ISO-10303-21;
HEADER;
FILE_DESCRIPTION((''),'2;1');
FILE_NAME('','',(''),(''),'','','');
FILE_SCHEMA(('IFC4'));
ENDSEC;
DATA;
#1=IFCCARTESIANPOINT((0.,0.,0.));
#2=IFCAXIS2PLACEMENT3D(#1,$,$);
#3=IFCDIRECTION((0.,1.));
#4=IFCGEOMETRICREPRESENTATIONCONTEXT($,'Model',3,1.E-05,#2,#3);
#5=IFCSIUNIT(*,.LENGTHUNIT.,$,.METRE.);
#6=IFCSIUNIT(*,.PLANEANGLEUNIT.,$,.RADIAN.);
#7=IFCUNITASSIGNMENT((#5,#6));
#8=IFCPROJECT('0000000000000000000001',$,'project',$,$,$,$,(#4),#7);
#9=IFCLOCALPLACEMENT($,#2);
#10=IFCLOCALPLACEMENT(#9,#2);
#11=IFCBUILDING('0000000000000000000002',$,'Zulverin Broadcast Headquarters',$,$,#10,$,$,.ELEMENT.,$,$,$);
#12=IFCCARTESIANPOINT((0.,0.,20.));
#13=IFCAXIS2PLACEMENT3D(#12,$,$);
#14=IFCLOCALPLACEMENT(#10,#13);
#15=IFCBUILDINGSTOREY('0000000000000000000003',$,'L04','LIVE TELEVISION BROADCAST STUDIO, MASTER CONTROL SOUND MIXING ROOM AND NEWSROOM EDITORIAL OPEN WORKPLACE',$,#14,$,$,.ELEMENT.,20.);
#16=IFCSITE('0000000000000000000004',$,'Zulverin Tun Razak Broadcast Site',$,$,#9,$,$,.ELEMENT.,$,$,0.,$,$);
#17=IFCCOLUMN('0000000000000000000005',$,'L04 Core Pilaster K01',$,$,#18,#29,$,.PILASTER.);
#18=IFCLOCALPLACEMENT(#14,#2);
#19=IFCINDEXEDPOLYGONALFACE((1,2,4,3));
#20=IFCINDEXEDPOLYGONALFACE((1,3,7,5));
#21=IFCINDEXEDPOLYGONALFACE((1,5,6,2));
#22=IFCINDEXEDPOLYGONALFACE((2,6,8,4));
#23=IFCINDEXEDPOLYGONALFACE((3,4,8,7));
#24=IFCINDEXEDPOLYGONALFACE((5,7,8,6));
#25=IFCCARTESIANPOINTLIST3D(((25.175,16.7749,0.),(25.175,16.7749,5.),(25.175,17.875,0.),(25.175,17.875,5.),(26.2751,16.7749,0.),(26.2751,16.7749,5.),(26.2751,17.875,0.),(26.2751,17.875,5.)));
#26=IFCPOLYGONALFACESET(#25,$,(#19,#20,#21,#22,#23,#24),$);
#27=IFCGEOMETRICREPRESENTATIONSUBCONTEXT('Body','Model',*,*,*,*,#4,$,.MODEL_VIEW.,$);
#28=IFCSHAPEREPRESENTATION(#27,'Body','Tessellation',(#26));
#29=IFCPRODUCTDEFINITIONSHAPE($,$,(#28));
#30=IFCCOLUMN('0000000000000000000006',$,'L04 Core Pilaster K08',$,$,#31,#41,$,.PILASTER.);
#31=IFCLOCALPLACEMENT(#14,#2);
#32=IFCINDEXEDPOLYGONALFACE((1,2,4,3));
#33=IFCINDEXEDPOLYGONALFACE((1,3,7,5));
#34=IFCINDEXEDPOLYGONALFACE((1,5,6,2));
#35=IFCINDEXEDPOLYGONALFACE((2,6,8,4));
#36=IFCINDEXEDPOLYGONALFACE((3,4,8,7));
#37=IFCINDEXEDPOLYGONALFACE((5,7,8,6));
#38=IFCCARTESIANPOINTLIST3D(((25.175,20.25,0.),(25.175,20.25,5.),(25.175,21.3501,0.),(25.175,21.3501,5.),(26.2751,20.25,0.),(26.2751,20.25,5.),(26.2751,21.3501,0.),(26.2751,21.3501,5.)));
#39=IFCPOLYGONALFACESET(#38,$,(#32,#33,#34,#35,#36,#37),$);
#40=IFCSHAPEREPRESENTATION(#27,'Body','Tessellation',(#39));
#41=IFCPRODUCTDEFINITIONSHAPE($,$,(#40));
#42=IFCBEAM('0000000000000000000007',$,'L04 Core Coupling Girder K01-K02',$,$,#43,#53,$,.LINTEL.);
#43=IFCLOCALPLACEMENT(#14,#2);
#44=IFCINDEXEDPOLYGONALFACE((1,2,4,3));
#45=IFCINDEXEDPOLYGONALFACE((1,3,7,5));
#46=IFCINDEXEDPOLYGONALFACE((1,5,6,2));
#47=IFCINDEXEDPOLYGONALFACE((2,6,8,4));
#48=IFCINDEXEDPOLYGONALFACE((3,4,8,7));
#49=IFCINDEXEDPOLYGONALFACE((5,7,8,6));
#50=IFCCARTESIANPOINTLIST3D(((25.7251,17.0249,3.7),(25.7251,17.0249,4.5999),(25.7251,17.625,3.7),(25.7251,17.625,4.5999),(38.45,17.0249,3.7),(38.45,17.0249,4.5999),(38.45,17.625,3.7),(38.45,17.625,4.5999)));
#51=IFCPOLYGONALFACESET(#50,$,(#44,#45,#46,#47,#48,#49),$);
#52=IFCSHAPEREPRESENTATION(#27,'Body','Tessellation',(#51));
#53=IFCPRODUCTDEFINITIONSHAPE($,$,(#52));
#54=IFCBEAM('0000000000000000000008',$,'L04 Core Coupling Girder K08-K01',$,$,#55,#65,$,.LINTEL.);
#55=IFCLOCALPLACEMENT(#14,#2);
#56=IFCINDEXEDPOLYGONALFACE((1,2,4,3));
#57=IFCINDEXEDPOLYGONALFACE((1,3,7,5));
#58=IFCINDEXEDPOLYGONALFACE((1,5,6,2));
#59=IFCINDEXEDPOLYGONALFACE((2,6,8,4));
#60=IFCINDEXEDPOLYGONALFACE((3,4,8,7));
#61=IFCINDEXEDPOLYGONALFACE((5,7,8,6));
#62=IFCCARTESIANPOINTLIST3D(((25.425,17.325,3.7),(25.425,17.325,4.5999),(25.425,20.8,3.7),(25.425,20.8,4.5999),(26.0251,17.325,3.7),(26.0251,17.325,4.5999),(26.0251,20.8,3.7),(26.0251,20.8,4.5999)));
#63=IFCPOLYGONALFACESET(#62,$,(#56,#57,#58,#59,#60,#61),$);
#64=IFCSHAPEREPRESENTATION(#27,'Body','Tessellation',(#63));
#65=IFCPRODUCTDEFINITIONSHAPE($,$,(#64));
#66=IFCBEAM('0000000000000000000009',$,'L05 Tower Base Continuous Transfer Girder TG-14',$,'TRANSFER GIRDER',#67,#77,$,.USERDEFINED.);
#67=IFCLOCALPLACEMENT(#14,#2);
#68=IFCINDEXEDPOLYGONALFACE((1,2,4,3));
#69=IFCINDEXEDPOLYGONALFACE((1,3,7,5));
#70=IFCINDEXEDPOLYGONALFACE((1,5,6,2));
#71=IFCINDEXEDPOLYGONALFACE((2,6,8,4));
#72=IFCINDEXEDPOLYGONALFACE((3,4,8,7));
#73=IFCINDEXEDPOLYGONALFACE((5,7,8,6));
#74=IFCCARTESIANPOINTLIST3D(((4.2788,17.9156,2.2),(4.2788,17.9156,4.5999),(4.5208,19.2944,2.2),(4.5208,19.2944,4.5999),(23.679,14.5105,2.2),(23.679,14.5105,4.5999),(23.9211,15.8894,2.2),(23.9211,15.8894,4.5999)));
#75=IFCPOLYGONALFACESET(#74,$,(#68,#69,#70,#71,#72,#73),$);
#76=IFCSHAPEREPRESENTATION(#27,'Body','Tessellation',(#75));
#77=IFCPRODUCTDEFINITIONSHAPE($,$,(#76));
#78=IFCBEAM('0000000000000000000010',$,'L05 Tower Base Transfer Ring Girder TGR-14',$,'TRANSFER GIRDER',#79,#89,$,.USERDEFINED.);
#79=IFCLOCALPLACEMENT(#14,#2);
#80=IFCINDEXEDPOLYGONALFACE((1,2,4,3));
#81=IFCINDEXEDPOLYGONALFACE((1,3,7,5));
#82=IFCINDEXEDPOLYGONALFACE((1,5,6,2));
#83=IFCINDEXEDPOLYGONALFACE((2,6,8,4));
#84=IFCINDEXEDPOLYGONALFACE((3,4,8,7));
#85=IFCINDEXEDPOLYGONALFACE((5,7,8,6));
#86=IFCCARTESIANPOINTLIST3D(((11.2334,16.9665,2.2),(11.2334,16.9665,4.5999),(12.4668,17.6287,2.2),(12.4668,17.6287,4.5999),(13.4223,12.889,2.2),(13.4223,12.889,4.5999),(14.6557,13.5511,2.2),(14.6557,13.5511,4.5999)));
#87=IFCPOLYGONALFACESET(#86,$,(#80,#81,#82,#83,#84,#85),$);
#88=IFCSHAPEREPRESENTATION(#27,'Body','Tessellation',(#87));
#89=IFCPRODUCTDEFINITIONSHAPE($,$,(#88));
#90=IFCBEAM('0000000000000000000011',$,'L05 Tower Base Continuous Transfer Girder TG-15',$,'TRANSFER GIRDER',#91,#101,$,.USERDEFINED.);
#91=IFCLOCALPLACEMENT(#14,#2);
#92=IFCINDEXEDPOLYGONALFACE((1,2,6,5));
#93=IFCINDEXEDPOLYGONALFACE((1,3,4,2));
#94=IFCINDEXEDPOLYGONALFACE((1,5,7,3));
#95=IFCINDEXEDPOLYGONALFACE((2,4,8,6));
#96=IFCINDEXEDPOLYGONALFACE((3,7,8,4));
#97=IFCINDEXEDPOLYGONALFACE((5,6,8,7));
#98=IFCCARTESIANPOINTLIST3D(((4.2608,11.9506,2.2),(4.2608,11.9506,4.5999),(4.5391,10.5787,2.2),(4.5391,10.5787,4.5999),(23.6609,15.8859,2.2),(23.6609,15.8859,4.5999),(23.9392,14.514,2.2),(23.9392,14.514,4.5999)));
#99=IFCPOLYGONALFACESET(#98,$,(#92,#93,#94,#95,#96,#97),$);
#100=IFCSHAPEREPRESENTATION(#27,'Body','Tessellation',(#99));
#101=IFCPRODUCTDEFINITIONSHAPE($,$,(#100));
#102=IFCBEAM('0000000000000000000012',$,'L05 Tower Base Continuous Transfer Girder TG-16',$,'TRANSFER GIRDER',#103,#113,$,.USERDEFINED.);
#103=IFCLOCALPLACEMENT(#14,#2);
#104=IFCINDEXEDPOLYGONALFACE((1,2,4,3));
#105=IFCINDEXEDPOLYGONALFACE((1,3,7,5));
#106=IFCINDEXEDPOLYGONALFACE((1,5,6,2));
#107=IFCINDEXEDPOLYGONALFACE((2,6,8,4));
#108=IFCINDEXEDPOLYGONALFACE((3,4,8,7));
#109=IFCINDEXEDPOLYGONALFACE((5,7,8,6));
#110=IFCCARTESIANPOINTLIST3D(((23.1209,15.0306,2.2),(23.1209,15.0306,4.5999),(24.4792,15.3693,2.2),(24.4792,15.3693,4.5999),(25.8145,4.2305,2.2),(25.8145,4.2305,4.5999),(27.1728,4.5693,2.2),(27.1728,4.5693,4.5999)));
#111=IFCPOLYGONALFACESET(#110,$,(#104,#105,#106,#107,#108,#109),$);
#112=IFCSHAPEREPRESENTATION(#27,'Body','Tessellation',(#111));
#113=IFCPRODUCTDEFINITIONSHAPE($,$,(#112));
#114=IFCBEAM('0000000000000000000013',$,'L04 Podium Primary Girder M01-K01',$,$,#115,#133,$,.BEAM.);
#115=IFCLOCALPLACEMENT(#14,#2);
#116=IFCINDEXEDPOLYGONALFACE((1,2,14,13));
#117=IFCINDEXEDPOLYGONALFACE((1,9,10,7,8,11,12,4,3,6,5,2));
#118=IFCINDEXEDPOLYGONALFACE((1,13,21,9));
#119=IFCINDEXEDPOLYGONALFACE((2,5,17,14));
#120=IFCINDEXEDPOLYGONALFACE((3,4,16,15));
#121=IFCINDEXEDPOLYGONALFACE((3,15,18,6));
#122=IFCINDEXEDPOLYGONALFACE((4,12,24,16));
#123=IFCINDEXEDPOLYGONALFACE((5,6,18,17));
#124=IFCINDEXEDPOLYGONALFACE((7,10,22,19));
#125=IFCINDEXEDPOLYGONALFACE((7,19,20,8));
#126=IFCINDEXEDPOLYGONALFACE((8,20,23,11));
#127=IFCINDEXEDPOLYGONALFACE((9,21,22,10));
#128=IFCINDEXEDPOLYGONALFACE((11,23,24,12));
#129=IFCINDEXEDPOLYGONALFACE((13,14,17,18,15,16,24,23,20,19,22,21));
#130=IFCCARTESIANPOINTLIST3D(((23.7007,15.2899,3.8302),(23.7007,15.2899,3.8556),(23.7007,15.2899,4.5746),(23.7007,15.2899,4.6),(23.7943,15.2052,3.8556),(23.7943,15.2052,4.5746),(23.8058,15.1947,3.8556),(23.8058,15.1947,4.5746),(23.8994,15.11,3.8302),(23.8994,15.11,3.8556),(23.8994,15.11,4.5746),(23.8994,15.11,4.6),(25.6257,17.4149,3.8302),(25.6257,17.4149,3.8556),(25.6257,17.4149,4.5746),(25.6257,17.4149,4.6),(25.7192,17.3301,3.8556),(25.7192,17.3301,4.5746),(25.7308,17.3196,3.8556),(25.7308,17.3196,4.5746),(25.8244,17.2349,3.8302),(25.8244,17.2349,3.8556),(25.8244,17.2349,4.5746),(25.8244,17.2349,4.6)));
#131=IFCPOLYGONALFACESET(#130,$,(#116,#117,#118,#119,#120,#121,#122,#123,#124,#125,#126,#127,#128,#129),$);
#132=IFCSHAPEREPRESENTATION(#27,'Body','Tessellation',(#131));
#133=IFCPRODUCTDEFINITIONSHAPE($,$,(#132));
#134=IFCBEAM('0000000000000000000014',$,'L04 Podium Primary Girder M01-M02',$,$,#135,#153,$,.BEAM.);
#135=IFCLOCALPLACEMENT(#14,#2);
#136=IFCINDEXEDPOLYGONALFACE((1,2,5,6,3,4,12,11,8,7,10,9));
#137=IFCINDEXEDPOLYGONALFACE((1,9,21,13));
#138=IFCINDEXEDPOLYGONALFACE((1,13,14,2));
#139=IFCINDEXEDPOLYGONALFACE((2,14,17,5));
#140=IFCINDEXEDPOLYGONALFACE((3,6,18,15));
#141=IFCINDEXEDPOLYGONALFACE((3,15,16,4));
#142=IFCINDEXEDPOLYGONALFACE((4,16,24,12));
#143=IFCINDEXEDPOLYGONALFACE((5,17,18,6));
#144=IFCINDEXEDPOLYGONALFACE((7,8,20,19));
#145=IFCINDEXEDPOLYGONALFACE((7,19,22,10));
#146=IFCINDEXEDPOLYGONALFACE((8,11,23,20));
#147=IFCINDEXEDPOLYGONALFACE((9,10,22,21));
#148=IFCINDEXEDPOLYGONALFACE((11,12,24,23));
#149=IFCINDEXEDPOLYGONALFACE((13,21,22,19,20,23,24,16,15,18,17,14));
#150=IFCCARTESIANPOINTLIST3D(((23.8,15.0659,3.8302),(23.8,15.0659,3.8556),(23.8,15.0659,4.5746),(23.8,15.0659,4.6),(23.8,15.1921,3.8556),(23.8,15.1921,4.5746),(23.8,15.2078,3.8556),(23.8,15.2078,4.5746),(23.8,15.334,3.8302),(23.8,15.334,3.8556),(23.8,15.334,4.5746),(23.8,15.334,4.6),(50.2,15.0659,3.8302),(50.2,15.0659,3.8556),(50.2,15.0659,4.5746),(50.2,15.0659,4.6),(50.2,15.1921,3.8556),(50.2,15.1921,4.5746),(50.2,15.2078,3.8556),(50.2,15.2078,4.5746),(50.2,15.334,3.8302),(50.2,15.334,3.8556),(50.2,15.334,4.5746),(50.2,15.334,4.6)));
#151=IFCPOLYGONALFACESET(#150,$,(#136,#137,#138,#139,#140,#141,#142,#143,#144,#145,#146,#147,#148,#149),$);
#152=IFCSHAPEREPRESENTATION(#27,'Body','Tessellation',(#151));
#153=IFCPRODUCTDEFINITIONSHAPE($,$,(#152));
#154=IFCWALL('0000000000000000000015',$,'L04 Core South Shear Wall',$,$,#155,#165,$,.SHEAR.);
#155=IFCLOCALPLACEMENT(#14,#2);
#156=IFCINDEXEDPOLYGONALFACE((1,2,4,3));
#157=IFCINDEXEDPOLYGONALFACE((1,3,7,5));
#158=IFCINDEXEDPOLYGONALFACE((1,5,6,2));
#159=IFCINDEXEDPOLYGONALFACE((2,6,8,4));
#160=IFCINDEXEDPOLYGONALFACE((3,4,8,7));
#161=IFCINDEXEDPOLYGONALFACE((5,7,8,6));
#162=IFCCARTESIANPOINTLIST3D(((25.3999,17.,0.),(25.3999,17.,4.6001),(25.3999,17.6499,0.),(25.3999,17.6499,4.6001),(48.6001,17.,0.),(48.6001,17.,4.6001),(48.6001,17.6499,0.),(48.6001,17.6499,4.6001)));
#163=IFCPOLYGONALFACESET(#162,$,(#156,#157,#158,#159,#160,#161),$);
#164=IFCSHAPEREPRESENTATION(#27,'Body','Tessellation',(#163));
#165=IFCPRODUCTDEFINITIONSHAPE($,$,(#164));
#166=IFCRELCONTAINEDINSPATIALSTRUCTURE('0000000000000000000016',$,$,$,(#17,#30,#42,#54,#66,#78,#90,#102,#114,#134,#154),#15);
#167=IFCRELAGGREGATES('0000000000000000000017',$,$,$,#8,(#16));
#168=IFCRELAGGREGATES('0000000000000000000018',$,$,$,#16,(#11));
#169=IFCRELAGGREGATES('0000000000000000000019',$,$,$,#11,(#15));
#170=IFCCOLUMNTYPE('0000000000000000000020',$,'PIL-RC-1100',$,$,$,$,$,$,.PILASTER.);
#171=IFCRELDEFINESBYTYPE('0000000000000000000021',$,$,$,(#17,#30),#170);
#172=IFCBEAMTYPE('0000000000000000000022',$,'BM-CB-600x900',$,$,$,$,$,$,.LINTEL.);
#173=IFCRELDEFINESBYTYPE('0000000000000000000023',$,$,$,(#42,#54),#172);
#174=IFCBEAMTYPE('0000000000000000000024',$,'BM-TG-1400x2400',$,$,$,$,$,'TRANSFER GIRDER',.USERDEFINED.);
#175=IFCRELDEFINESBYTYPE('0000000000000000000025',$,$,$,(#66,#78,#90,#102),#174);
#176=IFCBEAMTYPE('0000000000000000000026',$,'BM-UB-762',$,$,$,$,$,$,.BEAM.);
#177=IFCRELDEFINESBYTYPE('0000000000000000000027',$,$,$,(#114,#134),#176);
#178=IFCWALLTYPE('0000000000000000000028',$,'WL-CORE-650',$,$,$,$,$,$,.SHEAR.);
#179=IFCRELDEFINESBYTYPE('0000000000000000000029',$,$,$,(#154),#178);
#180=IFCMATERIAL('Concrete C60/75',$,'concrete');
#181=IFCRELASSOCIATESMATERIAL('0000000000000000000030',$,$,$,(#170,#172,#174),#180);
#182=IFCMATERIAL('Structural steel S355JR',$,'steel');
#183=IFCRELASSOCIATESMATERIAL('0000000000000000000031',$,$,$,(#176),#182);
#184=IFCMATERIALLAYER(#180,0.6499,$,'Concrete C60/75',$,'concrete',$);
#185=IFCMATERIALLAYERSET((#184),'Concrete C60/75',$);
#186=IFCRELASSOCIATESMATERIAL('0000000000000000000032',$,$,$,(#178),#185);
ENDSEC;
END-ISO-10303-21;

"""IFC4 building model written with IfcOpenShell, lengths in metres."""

from ifc_helpers import new_model, si_unit, direction, frame, frame_2d, origin, origin_2d, place, context, subcontext, project, spatial, rectangle, i_section, extrude, material, layer, layer_set, material_profile, profile_set, type_object, element, save


model = new_model("IFC4")

# Units and contexts
model_context = context("Model", 3, precision=1e-05, world=origin(), true_north=direction((0.0, 1.0)))
body_context = subcontext(model_context, "Body", "Model", "MODEL_VIEW")
ifc_project = project(units=[si_unit("LENGTHUNIT", "METRE"), si_unit("PLANEANGLEUNIT", "RADIAN")], contexts=[model_context])

# Site, building, storey
site_placement = place(None, origin())
site = spatial("IfcSite", under=ifc_project, at=site_placement, Name="Zulverin Tun Razak Broadcast Site", CompositionType="ELEMENT", RefElevation=0.0)
building_placement = place(site_placement, origin())
building = spatial("IfcBuilding", under=site, at=building_placement, Name="Zulverin Broadcast Headquarters", CompositionType="ELEMENT")
storey_placement = place(building_placement, frame((0.0, 0.0, 20.0)))
storey = spatial("IfcBuildingStorey", under=building, at=storey_placement, Name="L04", Description="LIVE TELEVISION BROADCAST STUDIO, MASTER CONTROL SOUND MIXING ROOM AND NEWSROOM EDITORIAL OPEN WORKPLACE", CompositionType="ELEMENT", Elevation=20.0)

# Columns
ifc_material_1 = material(Name="Concrete C60/75", Category="concrete")
ifc_material_profile_1 = material_profile(ifc_material_1, rectangle(XDim=1.1001, YDim=1.1001, at=origin_2d()), Name="Concrete C60/75", Category="concrete")
ifc_profile_set_1 = profile_set([ifc_material_profile_1], Name="Concrete C60/75")
column_type = type_object("IfcColumnType", Name="PIL-RC-1100", PredefinedType="PILASTER", material=ifc_profile_set_1)
for number, where, z_axis, x_axis, name in (
    (1, (25.7251, 17.325, 0.0), (0.0, 0.0, 1.0), (1.0, 0.0, 0.0), "L04 Core Pilaster K01"),
    (2, (25.7251, 20.8, 0.0), (0.0, 0.0, 1.0), (1.0, 0.0, 0.0), "L04 Core Pilaster K08"),
):
    element("IfcColumn", number, at=place(storey_placement, frame(where, z_axis=z_axis, x_axis=x_axis)), inside=storey, type_object=column_type, Name=name, PredefinedType="PILASTER", context=body_context, shape_type="SweptSolid", body=[
        extrude(rectangle(XDim=1.1001, YDim=1.1001, at=origin_2d()), origin(), (0.0, 0.0, 1.0), 5.0),
    ])

# Beams
ifc_material_profile_2 = material_profile(ifc_material_1, rectangle(XDim=0.6001, YDim=0.8999, at=origin_2d()), Name="Concrete C60/75", Category="concrete")
ifc_profile_set_2 = profile_set([ifc_material_profile_2], Name="Concrete C60/75")
beam_type_1 = type_object("IfcBeamType", Name="BM-CB-600x900", PredefinedType="LINTEL", material=ifc_profile_set_2)
beam_1_placement = place(storey_placement, frame((25.7251, 17.325, 4.1499), z_axis=(1.0, 0.0, 0.0), x_axis=(0.0, 1.0, 0.0)))
element("IfcBeam", 3, at=beam_1_placement, inside=storey, type_object=beam_type_1, Name="L04 Core Coupling Girder K01-K02", PredefinedType="LINTEL", context=body_context, shape_type="SweptSolid", body=[
    extrude(rectangle(XDim=0.6001, YDim=0.8999, at=origin_2d()), origin(), (0.0, 0.0, 1.0), 12.7249),
])
beam_2_placement = place(storey_placement, frame((25.7251, 20.8, 4.1499), z_axis=(0.0, -1.0, 0.0), x_axis=(1.0, 0.0, 0.0)))
element("IfcBeam", 4, at=beam_2_placement, inside=storey, type_object=beam_type_1, Name="L04 Core Coupling Girder K08-K01", PredefinedType="LINTEL", context=body_context, shape_type="SweptSolid", body=[
    extrude(rectangle(XDim=0.6001, YDim=0.8999, at=origin_2d()), origin(), (0.0, 0.0, 1.0), 3.4751),
])
ifc_material_profile_3 = material_profile(ifc_material_1, rectangle(XDim=1.3999, YDim=2.3999, at=origin_2d()), Name="Concrete C60/75", Category="concrete")
ifc_profile_set_3 = profile_set([ifc_material_profile_3], Name="Concrete C60/75")
beam_type_2 = type_object("IfcBeamType", Name="BM-TG-1400x2400", ElementType="TRANSFER GIRDER", PredefinedType="USERDEFINED", material=ifc_profile_set_3)
beam_3_placement = place(storey_placement, frame((23.8, 15.2, 3.3999), z_axis=(-0.984944, 0.172873, 0.0), x_axis=(-0.172873, -0.984944, 0.0)))
element("IfcBeam", 5, at=beam_3_placement, inside=storey, type_object=beam_type_2, Name="L05 Tower Base Continuous Transfer Girder TG-14", ObjectType="TRANSFER GIRDER", PredefinedType="USERDEFINED", context=body_context, shape_type="SweptSolid", body=[
    extrude(rectangle(XDim=1.3999, YDim=2.3999, at=origin_2d()), origin(), (0.0, 0.0, 1.0), 19.6968),
])
beam_4_placement = place(storey_placement, frame((11.8501, 17.2976, 3.3999), z_axis=(0.47298, -0.881073, 0.0), x_axis=(0.881073, 0.47298, 0.0)))
element("IfcBeam", 6, at=beam_4_placement, inside=storey, type_object=beam_type_2, Name="L05 Tower Base Transfer Ring Girder TGR-14", ObjectType="TRANSFER GIRDER", PredefinedType="USERDEFINED", context=body_context, shape_type="SweptSolid", body=[
    extrude(rectangle(XDim=1.3999, YDim=2.3999, at=origin_2d()), origin(), (0.0, 0.0, 1.0), 4.6279),
])
beam_5_placement = place(storey_placement, frame((23.8, 15.2, 3.3999), z_axis=(-0.98004, -0.1988, 0.0), x_axis=(0.1988, -0.98004, 0.0)))
element("IfcBeam", 7, at=beam_5_placement, inside=storey, type_object=beam_type_2, Name="L05 Tower Base Continuous Transfer Girder TG-15", ObjectType="TRANSFER GIRDER", PredefinedType="USERDEFINED", context=body_context, shape_type="SweptSolid", body=[
    extrude(rectangle(XDim=1.3999, YDim=2.3999, at=origin_2d()), origin(), (0.0, 0.0, 1.0), 19.7952),
])
beam_6_placement = place(storey_placement, frame((23.8, 15.2, 3.3999), z_axis=(0.241994, -0.970278, 0.0), x_axis=(0.970278, 0.241994, 0.0)))
element("IfcBeam", 8, at=beam_6_placement, inside=storey, type_object=beam_type_2, Name="L05 Tower Base Continuous Transfer Girder TG-16", ObjectType="TRANSFER GIRDER", PredefinedType="USERDEFINED", context=body_context, shape_type="SweptSolid", body=[
    extrude(rectangle(XDim=1.3999, YDim=2.3999, at=origin_2d()), origin(), (0.0, 0.0, 1.0), 11.1309),
])
ifc_material_2 = material(Name="Structural steel S355JR", Category="steel")
ifc_material_profile_4 = material_profile(ifc_material_2, i_section(OverallWidth=0.2681, OverallDepth=0.7698, WebThickness=0.0156, FlangeThickness=0.0254, at=origin_2d()), Name="Structural steel S355JR", Category="steel")
ifc_profile_set_4 = profile_set([ifc_material_profile_4], Name="Structural steel S355JR")
beam_type_3 = type_object("IfcBeamType", Name="BM-UB-762", PredefinedType="BEAM", material=ifc_profile_set_4)
beam_7_placement = place(storey_placement, frame((23.8, 15.2, 4.2151), z_axis=(0.671379, 0.741114, 0.0), x_axis=(-0.741114, 0.671379, 0.0)))
element("IfcBeam", 9, at=beam_7_placement, inside=storey, type_object=beam_type_3, Name="L04 Podium Primary Girder M01-K01", PredefinedType="BEAM", context=body_context, shape_type="SweptSolid", body=[
    extrude(i_section(OverallWidth=0.2681, OverallDepth=0.7698, WebThickness=0.0156, FlangeThickness=0.0254, at=origin_2d()), origin(), (0.0, 0.0, 1.0), 2.8672),
])
beam_8_placement = place(storey_placement, frame((23.8, 15.2, 4.2151), z_axis=(1.0, 0.0, 0.0), x_axis=(0.0, 1.0, 0.0)))
element("IfcBeam", 10, at=beam_8_placement, inside=storey, type_object=beam_type_3, Name="L04 Podium Primary Girder M01-M02", PredefinedType="BEAM", context=body_context, shape_type="SweptSolid", body=[
    extrude(i_section(OverallWidth=0.2681, OverallDepth=0.7698, WebThickness=0.0156, FlangeThickness=0.0254, at=origin_2d()), origin(), (0.0, 0.0, 1.0), 26.3999),
])

# Wall
ifc_layer_1 = layer(ifc_material_1, 0.6499, Name="Concrete C60/75", Category="concrete")
ifc_layer_set_1 = layer_set([ifc_layer_1], Name="Concrete C60/75")
wall_type_1 = type_object("IfcWallType", Name="WL-CORE-650", PredefinedType="SHEAR", material=ifc_layer_set_1)
wall_1_placement = place(storey_placement, frame((25.3999, 17.325, 0.0), z_axis=(0.0, 0.0, 1.0), x_axis=(1.0, 0.0, 0.0)))
element("IfcWall", 11, at=wall_1_placement, inside=storey, type_object=wall_type_1, Name="L04 Core South Shear Wall", PredefinedType="SHEAR", context=body_context, shape_type="SweptSolid", body=[
    extrude(rectangle(XDim=23.2002, YDim=0.6499, at=frame_2d((11.6001, 0.0))), origin(), (0.0, 0.0, 1.0), 4.6001),
])

save(model, "model.ifc")
